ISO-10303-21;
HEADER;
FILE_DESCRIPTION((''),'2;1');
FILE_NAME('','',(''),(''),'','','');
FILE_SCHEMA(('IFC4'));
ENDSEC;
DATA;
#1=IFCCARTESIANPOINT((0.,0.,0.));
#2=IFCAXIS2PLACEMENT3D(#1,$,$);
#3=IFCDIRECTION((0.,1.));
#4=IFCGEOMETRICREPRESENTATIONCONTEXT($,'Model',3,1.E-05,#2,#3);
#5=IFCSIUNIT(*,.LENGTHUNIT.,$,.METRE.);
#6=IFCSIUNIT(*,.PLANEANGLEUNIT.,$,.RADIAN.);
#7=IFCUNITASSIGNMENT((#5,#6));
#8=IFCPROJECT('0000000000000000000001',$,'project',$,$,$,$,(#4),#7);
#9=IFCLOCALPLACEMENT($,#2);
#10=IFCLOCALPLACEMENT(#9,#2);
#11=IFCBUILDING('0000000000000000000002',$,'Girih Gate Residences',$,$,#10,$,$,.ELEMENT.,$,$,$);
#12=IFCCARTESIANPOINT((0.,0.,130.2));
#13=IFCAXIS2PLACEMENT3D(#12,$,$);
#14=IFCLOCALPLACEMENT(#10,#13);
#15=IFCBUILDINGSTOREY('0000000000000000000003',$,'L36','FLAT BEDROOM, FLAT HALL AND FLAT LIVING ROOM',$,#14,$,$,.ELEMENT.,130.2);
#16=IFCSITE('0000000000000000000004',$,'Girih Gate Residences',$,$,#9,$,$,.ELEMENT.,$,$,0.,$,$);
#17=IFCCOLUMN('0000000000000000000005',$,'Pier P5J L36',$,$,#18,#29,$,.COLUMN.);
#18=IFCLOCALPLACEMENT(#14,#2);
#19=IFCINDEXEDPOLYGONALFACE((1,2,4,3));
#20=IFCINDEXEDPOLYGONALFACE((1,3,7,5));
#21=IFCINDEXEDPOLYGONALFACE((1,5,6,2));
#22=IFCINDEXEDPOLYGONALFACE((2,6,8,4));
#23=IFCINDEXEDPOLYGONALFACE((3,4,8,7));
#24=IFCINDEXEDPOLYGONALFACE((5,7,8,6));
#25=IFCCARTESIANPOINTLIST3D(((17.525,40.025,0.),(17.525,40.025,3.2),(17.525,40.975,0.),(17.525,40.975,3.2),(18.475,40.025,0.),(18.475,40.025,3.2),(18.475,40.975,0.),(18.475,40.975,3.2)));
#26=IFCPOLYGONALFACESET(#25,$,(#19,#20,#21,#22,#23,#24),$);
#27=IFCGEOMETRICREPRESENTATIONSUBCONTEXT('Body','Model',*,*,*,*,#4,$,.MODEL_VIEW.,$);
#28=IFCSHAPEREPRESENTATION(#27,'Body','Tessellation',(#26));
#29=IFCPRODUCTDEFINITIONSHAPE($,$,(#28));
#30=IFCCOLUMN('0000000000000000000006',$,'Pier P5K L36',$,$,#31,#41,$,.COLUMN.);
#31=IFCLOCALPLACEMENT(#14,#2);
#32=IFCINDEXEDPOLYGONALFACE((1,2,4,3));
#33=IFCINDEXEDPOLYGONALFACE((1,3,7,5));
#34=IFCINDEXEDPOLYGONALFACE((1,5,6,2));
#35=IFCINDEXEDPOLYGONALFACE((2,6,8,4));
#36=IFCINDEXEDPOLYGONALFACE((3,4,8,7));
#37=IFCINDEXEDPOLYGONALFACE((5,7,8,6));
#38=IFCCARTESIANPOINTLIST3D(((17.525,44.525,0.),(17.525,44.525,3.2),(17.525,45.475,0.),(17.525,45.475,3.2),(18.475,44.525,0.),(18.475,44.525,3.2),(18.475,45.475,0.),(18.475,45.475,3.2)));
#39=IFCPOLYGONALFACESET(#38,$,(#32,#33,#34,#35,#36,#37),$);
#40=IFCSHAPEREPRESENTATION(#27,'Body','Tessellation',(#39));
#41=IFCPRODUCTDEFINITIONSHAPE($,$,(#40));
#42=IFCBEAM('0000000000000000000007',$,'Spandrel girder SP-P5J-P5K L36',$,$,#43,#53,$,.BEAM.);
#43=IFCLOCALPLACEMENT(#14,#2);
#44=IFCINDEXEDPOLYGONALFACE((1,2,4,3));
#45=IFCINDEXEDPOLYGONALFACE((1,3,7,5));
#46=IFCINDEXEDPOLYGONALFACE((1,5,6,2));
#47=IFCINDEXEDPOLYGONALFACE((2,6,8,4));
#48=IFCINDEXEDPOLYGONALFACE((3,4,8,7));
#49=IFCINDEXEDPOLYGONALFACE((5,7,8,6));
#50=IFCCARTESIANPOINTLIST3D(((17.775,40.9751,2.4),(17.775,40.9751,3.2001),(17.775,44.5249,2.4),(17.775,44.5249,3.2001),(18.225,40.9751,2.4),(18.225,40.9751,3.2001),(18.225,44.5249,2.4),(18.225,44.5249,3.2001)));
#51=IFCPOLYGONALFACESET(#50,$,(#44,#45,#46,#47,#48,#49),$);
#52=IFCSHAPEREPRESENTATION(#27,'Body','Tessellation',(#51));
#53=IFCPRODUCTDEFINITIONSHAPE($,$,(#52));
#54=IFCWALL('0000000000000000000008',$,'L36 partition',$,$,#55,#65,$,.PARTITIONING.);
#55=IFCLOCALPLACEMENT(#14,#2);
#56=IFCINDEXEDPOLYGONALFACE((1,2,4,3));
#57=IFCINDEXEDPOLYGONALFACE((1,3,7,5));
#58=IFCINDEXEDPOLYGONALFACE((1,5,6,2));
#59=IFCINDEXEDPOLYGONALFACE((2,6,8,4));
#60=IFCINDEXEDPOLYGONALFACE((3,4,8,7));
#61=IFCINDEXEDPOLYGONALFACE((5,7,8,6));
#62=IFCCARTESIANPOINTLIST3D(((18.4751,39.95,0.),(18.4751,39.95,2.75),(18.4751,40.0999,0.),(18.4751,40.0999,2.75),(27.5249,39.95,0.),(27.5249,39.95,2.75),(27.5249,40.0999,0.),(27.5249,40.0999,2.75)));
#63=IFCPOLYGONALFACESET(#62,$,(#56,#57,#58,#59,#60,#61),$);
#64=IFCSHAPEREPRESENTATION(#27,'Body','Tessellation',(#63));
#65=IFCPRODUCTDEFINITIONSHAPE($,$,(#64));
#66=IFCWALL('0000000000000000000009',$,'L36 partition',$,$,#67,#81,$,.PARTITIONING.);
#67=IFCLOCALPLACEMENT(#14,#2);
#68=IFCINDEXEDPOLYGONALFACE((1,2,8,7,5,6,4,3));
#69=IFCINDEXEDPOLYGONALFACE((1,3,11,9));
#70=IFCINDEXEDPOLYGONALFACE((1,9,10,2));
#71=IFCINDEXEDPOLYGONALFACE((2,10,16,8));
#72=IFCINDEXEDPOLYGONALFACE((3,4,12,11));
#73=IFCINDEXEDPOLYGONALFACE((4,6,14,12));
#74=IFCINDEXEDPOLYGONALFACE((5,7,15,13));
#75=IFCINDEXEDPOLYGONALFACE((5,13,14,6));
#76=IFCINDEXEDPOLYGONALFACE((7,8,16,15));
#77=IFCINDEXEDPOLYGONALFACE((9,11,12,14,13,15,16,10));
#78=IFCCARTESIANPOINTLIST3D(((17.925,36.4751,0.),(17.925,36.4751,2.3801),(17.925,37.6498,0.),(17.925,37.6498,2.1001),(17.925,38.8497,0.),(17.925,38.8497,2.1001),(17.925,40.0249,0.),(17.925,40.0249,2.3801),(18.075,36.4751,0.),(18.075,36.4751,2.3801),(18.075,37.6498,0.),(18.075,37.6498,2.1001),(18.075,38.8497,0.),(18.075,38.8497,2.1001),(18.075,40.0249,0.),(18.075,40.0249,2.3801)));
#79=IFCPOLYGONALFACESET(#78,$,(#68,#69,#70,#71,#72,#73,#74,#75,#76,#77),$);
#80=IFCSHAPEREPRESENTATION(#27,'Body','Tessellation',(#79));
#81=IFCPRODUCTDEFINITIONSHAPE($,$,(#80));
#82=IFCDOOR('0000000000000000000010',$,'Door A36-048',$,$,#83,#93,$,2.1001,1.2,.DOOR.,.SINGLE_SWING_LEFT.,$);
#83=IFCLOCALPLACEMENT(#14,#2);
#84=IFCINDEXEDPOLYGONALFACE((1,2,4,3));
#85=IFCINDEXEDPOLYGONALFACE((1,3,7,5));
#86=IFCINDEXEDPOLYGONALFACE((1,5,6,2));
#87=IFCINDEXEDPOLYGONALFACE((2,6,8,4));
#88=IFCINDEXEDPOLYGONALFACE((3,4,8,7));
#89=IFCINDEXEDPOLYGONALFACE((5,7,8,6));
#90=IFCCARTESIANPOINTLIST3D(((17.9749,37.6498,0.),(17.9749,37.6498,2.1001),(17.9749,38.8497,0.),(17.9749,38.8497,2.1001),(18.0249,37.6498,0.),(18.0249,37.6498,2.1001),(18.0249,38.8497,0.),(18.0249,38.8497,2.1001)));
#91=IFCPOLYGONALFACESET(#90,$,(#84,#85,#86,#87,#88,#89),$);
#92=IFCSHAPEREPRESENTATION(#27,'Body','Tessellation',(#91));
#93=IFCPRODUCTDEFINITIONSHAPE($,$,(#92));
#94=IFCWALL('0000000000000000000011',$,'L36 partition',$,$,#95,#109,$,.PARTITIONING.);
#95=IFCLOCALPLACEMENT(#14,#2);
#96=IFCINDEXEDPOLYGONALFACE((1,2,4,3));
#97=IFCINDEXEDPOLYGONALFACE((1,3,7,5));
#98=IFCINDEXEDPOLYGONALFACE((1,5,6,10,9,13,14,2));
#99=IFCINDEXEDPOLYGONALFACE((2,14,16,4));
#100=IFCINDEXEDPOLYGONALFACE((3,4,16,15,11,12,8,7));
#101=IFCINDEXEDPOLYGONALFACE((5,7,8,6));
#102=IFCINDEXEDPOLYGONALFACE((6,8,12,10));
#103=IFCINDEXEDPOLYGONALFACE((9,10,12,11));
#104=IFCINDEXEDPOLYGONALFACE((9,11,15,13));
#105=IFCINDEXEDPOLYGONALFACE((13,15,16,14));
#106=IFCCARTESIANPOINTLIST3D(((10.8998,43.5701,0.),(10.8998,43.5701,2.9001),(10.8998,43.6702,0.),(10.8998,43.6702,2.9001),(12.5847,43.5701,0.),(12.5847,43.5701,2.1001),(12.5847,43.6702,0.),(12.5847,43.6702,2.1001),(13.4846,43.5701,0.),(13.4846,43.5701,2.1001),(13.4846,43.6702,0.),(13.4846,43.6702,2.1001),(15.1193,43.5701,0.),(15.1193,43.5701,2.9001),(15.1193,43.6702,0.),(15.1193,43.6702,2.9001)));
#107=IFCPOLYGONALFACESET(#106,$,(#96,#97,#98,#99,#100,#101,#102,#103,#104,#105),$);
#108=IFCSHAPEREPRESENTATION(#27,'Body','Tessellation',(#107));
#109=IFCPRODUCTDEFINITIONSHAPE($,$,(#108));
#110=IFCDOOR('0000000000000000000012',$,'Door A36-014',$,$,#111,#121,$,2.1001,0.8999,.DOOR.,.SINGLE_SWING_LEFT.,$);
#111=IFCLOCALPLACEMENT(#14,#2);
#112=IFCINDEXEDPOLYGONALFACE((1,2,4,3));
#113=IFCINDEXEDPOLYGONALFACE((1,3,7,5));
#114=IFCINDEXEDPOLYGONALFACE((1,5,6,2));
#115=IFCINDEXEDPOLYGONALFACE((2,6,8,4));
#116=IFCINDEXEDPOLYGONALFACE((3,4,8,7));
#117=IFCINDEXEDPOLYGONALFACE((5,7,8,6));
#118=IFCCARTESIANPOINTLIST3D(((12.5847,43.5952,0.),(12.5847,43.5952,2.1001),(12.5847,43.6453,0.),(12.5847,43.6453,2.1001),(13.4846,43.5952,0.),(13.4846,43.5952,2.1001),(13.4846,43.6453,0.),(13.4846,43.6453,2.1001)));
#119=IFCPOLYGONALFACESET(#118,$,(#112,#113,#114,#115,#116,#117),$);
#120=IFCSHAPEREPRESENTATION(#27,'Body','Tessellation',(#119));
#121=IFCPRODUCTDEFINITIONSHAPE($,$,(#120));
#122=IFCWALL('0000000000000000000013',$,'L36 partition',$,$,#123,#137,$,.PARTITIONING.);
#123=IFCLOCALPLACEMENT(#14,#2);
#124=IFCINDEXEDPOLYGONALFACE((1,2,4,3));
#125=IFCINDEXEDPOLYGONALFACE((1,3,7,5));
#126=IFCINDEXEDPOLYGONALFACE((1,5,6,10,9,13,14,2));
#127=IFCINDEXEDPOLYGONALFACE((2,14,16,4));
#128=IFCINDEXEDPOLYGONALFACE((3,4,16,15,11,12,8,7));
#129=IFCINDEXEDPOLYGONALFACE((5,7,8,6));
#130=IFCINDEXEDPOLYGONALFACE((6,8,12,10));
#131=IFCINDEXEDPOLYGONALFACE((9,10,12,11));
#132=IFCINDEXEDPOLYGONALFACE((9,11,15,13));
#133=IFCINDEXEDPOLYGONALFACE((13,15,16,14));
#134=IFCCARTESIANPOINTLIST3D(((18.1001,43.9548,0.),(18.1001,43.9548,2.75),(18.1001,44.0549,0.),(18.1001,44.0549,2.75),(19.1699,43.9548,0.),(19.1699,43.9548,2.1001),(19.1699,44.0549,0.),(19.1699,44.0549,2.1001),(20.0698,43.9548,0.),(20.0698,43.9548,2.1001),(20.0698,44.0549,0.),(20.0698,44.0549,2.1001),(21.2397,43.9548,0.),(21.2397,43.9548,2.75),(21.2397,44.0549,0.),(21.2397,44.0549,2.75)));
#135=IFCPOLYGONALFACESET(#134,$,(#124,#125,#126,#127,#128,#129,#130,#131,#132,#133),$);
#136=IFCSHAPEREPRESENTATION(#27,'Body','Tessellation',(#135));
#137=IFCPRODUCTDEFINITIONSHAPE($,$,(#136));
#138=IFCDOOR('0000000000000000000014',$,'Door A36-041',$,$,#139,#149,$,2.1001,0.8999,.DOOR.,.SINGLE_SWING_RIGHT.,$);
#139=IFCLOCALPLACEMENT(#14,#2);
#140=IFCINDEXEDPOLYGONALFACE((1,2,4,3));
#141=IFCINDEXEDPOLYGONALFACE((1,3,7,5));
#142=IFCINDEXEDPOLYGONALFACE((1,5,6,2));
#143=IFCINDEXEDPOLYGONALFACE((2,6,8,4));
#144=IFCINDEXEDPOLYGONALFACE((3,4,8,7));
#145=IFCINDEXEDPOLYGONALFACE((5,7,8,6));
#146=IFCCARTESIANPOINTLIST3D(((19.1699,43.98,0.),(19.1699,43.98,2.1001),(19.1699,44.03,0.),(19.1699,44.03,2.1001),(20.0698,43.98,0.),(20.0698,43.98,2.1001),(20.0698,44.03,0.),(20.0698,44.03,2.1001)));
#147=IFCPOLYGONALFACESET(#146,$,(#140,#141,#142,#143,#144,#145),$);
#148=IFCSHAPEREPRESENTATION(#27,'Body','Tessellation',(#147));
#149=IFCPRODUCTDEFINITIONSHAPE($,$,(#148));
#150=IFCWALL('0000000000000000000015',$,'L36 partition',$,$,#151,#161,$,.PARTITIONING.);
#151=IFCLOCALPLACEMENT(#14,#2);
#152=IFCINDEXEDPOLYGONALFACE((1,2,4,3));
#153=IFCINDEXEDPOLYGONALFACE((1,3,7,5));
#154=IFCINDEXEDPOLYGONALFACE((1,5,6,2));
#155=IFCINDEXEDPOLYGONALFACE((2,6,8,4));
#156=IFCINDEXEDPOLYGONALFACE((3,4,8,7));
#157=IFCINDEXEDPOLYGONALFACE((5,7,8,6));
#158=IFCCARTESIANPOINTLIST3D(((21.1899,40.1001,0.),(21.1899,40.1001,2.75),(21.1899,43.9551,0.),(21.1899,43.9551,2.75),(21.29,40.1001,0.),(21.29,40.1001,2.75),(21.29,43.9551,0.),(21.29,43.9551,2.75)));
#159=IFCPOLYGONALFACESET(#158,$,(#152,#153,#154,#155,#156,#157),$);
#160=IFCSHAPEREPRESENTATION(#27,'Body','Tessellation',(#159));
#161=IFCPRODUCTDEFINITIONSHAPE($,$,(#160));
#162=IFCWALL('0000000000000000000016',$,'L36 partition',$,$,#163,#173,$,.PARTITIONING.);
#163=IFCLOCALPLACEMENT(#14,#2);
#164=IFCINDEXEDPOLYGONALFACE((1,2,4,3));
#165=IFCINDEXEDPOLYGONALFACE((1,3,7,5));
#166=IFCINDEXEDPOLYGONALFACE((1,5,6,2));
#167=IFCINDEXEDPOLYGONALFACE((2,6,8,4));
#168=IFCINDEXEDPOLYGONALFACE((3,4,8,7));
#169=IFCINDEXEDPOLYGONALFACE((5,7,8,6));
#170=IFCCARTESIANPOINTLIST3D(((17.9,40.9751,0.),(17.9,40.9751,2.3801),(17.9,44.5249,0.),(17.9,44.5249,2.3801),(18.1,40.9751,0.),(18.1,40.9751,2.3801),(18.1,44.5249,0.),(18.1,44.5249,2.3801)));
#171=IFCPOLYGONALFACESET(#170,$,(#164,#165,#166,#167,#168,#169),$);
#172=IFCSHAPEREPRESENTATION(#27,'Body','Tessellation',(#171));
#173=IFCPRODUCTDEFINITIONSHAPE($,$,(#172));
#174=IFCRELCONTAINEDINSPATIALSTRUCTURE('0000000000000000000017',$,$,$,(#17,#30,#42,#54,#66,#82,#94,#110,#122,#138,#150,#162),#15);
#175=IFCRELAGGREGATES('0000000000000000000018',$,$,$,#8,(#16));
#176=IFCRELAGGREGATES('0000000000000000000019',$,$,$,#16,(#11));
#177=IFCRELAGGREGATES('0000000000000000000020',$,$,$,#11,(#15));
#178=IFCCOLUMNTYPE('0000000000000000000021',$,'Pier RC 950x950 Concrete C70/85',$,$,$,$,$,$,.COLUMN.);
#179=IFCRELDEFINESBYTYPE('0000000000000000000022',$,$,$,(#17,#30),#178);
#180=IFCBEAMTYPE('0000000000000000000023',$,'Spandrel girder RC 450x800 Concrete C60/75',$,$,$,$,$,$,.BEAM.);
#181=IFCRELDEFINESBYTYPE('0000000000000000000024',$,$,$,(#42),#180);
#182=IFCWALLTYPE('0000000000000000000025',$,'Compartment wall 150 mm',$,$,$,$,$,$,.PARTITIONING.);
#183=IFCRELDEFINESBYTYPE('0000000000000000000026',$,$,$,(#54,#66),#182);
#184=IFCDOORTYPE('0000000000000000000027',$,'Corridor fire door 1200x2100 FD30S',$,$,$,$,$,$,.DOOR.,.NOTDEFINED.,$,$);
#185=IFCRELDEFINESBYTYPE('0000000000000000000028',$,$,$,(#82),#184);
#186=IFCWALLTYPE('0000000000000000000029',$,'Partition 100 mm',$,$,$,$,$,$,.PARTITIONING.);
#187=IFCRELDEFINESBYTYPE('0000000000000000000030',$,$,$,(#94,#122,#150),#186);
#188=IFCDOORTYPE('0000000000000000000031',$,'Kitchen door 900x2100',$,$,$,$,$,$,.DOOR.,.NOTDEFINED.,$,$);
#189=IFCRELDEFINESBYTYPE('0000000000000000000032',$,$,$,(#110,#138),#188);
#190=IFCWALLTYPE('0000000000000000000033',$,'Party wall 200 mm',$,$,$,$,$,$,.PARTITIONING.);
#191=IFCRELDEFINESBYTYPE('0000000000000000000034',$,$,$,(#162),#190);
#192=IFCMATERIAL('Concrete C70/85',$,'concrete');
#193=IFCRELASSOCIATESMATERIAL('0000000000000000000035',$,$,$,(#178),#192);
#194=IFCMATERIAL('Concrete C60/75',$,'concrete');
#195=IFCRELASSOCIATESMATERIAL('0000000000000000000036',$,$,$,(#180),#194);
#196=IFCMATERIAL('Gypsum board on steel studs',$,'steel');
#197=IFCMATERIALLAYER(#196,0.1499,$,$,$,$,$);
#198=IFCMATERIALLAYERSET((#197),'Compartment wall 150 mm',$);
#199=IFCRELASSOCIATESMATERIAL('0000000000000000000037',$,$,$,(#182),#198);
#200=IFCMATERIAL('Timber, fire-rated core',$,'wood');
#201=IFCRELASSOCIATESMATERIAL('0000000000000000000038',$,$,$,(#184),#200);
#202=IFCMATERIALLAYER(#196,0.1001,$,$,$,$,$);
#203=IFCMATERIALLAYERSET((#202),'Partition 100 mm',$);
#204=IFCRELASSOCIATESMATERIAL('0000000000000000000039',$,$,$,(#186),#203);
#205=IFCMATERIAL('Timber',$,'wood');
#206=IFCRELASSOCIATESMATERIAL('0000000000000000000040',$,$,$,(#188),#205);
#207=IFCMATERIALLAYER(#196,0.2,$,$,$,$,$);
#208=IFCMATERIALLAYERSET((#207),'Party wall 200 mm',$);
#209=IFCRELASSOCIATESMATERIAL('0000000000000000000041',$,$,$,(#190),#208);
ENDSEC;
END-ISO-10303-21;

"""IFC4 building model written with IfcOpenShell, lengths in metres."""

from ifc_helpers import new_model, si_unit, direction, frame, frame_2d, origin, origin_2d, place, context, subcontext, project, spatial, rectangle, extrude, material, layer, layer_set, material_profile, profile_set, type_object, element, fill, save


model = new_model("IFC4")

# Units and contexts
model_context = context("Model", 3, precision=1e-05, world=origin(), true_north=direction((0.0, 1.0)))
body_context = subcontext(model_context, "Body", "Model", "MODEL_VIEW")
ifc_project = project(units=[si_unit("LENGTHUNIT", "METRE"), si_unit("PLANEANGLEUNIT", "RADIAN")], contexts=[model_context])

# Site, building, storey
site_placement = place(None, origin())
site = spatial("IfcSite", under=ifc_project, at=site_placement, Name="Girih Gate Residences", CompositionType="ELEMENT", RefElevation=0.0)
building_placement = place(site_placement, origin())
building = spatial("IfcBuilding", under=site, at=building_placement, Name="Girih Gate Residences", CompositionType="ELEMENT")
storey_placement = place(building_placement, frame((0.0, 0.0, 130.2)))
storey = spatial("IfcBuildingStorey", under=building, at=storey_placement, Name="L36", Description="FLAT BEDROOM, FLAT HALL AND FLAT LIVING ROOM", CompositionType="ELEMENT", Elevation=130.2)

# Columns
ifc_material_1 = material(Name="Concrete C70/85", Category="concrete")
ifc_material_profile_1 = material_profile(ifc_material_1, rectangle(XDim=0.95, YDim=0.95, at=origin_2d()))
ifc_profile_set_1 = profile_set([ifc_material_profile_1], Name="Concrete C70/85")
column_type = type_object("IfcColumnType", Name="Pier RC 950x950 Concrete C70/85", PredefinedType="COLUMN", material=ifc_profile_set_1)
for number, where, z_axis, x_axis, name in (
    (1, (18.0, 40.5, 0.0), (0.0, 0.0, 1.0), (1.0, 0.0, 0.0), "Pier P5J L36"),
    (2, (18.0, 45.0, 0.0), (0.0, 0.0, 1.0), (1.0, 0.0, 0.0), "Pier P5K L36"),
):
    element("IfcColumn", number, at=place(storey_placement, frame(where, z_axis=z_axis, x_axis=x_axis)), inside=storey, type_object=column_type, Name=name, PredefinedType="COLUMN", context=body_context, shape_type="SweptSolid", body=[
        extrude(rectangle(XDim=0.95, YDim=0.95, at=origin_2d()), origin(), (0.0, 0.0, 1.0), 3.2),
    ])

# Beam
ifc_material_2 = material(Name="Concrete C60/75", Category="concrete")
ifc_material_profile_2 = material_profile(ifc_material_2, rectangle(XDim=0.45, YDim=0.8, at=origin_2d()))
ifc_profile_set_2 = profile_set([ifc_material_profile_2], Name="Concrete C60/75")
beam_type = type_object("IfcBeamType", Name="Spandrel girder RC 450x800 Concrete C60/75", PredefinedType="BEAM", material=ifc_profile_set_2)
beam_placement = place(storey_placement, frame((18.0, 40.9751, 2.8), z_axis=(0.0, 1.0, 0.0), x_axis=(-1.0, 0.0, 0.0)))
element("IfcBeam", 3, at=beam_placement, inside=storey, type_object=beam_type, Name="Spandrel girder SP-P5J-P5K L36", PredefinedType="BEAM", context=body_context, shape_type="SweptSolid", body=[
    extrude(rectangle(XDim=0.45, YDim=0.8, at=origin_2d()), origin(), (0.0, 0.0, 1.0), 3.5498),
])

# Wall
ifc_material_3 = material(Name="Gypsum board on steel studs", Category="steel")
ifc_layer_1 = layer(ifc_material_3, 0.1499)
ifc_layer_set_1 = layer_set([ifc_layer_1], Name="Compartment wall 150 mm")
wall_type_1 = type_object("IfcWallType", Name="Compartment wall 150 mm", PredefinedType="PARTITIONING", material=ifc_layer_set_1)
wall_1_placement = place(storey_placement, frame((18.4751, 40.0249, 0.0), z_axis=(0.0, 0.0, 1.0), x_axis=(1.0, 0.0, 0.0)))
element("IfcWall", 4, at=wall_1_placement, inside=storey, type_object=wall_type_1, Name="L36 partition", PredefinedType="PARTITIONING", context=body_context, shape_type="SweptSolid", body=[
    extrude(rectangle(XDim=9.0498, YDim=0.1499, at=frame_2d((4.5249, 0.0))), origin(), (0.0, 0.0, 1.0), 2.75),
])

# Walls, openings, doors
wall_2_placement = place(storey_placement, frame((18.0, 40.0249, 0.0), z_axis=(0.0, 0.0, 1.0), x_axis=(0.0, -1.0, 0.0)))
wall_2 = element("IfcWall", 5, at=wall_2_placement, inside=storey, type_object=wall_type_1, Name="L36 partition", PredefinedType="PARTITIONING", context=body_context, shape_type="SweptSolid", body=[
    extrude(rectangle(XDim=3.5498, YDim=0.1499, at=frame_2d((1.7749, 0.0))), origin(), (0.0, 0.0, 1.0), 2.3801),
])
opening_1_placement = place(wall_2_placement, frame((1.175, 0.0, 0.0)))
opening_1 = element("IfcOpeningElement", 6, at=opening_1_placement, cuts=wall_2, PredefinedType="OPENING", context=body_context, shape_type="SweptSolid", body=[
    extrude(rectangle(XDim=1.2, YDim=2.1001, at=frame_2d((0.6001, 1.05))), frame((0.0, 0.085, 0.0), z_axis=(0.0, -1.0, 0.0), x_axis=(1.0, 0.0, 0.0)), (0.0, 0.0, 1.0), 0.1699),
])
ifc_material_4 = material(Name="Timber, fire-rated core", Category="wood")
door_type_1 = type_object("IfcDoorType", Name="Corridor fire door 1200x2100 FD30S", OperationType="NOTDEFINED", PredefinedType="DOOR", material=ifc_material_4)
door_1_placement = place(opening_1_placement, origin())
door_1 = element("IfcDoor", 7, at=door_1_placement, inside=storey, type_object=door_type_1, Name="Door A36-048", OperationType="SINGLE_SWING_LEFT", OverallHeight=2.1001, OverallWidth=1.2, PredefinedType="DOOR", context=body_context, shape_type="SweptSolid", body=[
    extrude(rectangle(XDim=1.2, YDim=2.1001, at=frame_2d((0.6001, 1.05))), frame((0.0, 0.0249, 0.0), z_axis=(0.0, -1.0, 0.0), x_axis=(1.0, 0.0, 0.0)), (0.0, 0.0, 1.0), 0.05),
])
fill(opening_1, door_1)
ifc_layer_2 = layer(ifc_material_3, 0.1001)
ifc_layer_set_2 = layer_set([ifc_layer_2], Name="Partition 100 mm")
wall_type_2 = type_object("IfcWallType", Name="Partition 100 mm", PredefinedType="PARTITIONING", material=ifc_layer_set_2)
wall_3_placement = place(storey_placement, frame((15.1194, 43.6201, 0.0), z_axis=(0.0, 0.0, 1.0), x_axis=(-1.0, 0.0, 0.0)))
wall_3 = element("IfcWall", 8, at=wall_3_placement, inside=storey, type_object=wall_type_2, Name="L36 partition", PredefinedType="PARTITIONING", context=body_context, shape_type="SweptSolid", body=[
    extrude(rectangle(XDim=4.2195, YDim=0.1001, at=frame_2d((2.1099, 0.0))), origin(), (0.0, 0.0, 1.0), 2.9001),
])
opening_2_placement = place(wall_3_placement, frame((1.6348, 0.0, 0.0)))
opening_2 = element("IfcOpeningElement", 9, at=opening_2_placement, cuts=wall_3, PredefinedType="OPENING", context=body_context, shape_type="SweptSolid", body=[
    extrude(rectangle(XDim=0.8999, YDim=2.1001, at=frame_2d((0.45, 1.05))), frame((0.0, 0.0601, 0.0), z_axis=(0.0, -1.0, 0.0), x_axis=(1.0, 0.0, 0.0)), (0.0, 0.0, 1.0), 0.1201),
])
ifc_material_5 = material(Name="Timber", Category="wood")
door_type_2 = type_object("IfcDoorType", Name="Kitchen door 900x2100", OperationType="NOTDEFINED", PredefinedType="DOOR", material=ifc_material_5)
door_2_placement = place(opening_2_placement, origin())
door_2 = element("IfcDoor", 10, at=door_2_placement, inside=storey, type_object=door_type_2, Name="Door A36-014", OperationType="SINGLE_SWING_LEFT", OverallHeight=2.1001, OverallWidth=0.8999, PredefinedType="DOOR", context=body_context, shape_type="SweptSolid", body=[
    extrude(rectangle(XDim=0.8999, YDim=2.1001, at=frame_2d((0.45, 1.05))), frame((0.0, 0.0249, 0.0), z_axis=(0.0, -1.0, 0.0), x_axis=(1.0, 0.0, 0.0)), (0.0, 0.0, 1.0), 0.05),
])
fill(opening_2, door_2)
wall_4_placement = place(storey_placement, frame((21.2397, 44.0049, 0.0), z_axis=(0.0, 0.0, 1.0), x_axis=(-1.0, 0.0, 0.0)))
wall_4 = element("IfcWall", 11, at=wall_4_placement, inside=storey, type_object=wall_type_2, Name="L36 partition", PredefinedType="PARTITIONING", context=body_context, shape_type="SweptSolid", body=[
    extrude(rectangle(XDim=3.1396, YDim=0.1001, at=frame_2d((1.5698, 0.0))), origin(), (0.0, 0.0, 1.0), 2.75),
])
opening_3_placement = place(wall_4_placement, frame((1.1699, 0.0, 0.0)))
opening_3 = element("IfcOpeningElement", 12, at=opening_3_placement, cuts=wall_4, PredefinedType="OPENING", context=body_context, shape_type="SweptSolid", body=[
    extrude(rectangle(XDim=0.8999, YDim=2.1001, at=frame_2d((0.45, 1.05))), frame((0.0, 0.0601, 0.0), z_axis=(0.0, -1.0, 0.0), x_axis=(1.0, 0.0, 0.0)), (0.0, 0.0, 1.0), 0.1201),
])
door_3_placement = place(opening_3_placement, origin())
door_3 = element("IfcDoor", 13, at=door_3_placement, inside=storey, type_object=door_type_2, Name="Door A36-041", OperationType="SINGLE_SWING_RIGHT", OverallHeight=2.1001, OverallWidth=0.8999, PredefinedType="DOOR", context=body_context, shape_type="SweptSolid", body=[
    extrude(rectangle(XDim=0.8999, YDim=2.1001, at=frame_2d((0.45, 1.05))), frame((0.0, 0.0249, 0.0), z_axis=(0.0, -1.0, 0.0), x_axis=(1.0, 0.0, 0.0)), (0.0, 0.0, 1.0), 0.05),
])
fill(opening_3, door_3)

# Walls
wall_5_placement = place(storey_placement, frame((21.24, 40.1001, 0.0), z_axis=(0.0, 0.0, 1.0), x_axis=(0.0, 1.0, 0.0)))
element("IfcWall", 14, at=wall_5_placement, inside=storey, type_object=wall_type_2, Name="L36 partition", PredefinedType="PARTITIONING", context=body_context, shape_type="SweptSolid", body=[
    extrude(rectangle(XDim=3.855, YDim=0.1001, at=frame_2d((1.9275, 0.0))), origin(), (0.0, 0.0, 1.0), 2.75),
])
ifc_layer_3 = layer(ifc_material_3, 0.2)
ifc_layer_set_3 = layer_set([ifc_layer_3], Name="Party wall 200 mm")
wall_type_3 = type_object("IfcWallType", Name="Party wall 200 mm", PredefinedType="PARTITIONING", material=ifc_layer_set_3)
wall_6_placement = place(storey_placement, frame((18.0, 40.9751, 0.0), z_axis=(0.0, 0.0, 1.0), x_axis=(0.0, 1.0, 0.0)))
element("IfcWall", 15, at=wall_6_placement, inside=storey, type_object=wall_type_3, Name="L36 partition", PredefinedType="PARTITIONING", context=body_context, shape_type="SweptSolid", body=[
    extrude(rectangle(XDim=3.5498, YDim=0.2, at=frame_2d((1.7749, 0.0))), origin(), (0.0, 0.0, 1.0), 2.3801),
])

save(model, "model.ifc")
